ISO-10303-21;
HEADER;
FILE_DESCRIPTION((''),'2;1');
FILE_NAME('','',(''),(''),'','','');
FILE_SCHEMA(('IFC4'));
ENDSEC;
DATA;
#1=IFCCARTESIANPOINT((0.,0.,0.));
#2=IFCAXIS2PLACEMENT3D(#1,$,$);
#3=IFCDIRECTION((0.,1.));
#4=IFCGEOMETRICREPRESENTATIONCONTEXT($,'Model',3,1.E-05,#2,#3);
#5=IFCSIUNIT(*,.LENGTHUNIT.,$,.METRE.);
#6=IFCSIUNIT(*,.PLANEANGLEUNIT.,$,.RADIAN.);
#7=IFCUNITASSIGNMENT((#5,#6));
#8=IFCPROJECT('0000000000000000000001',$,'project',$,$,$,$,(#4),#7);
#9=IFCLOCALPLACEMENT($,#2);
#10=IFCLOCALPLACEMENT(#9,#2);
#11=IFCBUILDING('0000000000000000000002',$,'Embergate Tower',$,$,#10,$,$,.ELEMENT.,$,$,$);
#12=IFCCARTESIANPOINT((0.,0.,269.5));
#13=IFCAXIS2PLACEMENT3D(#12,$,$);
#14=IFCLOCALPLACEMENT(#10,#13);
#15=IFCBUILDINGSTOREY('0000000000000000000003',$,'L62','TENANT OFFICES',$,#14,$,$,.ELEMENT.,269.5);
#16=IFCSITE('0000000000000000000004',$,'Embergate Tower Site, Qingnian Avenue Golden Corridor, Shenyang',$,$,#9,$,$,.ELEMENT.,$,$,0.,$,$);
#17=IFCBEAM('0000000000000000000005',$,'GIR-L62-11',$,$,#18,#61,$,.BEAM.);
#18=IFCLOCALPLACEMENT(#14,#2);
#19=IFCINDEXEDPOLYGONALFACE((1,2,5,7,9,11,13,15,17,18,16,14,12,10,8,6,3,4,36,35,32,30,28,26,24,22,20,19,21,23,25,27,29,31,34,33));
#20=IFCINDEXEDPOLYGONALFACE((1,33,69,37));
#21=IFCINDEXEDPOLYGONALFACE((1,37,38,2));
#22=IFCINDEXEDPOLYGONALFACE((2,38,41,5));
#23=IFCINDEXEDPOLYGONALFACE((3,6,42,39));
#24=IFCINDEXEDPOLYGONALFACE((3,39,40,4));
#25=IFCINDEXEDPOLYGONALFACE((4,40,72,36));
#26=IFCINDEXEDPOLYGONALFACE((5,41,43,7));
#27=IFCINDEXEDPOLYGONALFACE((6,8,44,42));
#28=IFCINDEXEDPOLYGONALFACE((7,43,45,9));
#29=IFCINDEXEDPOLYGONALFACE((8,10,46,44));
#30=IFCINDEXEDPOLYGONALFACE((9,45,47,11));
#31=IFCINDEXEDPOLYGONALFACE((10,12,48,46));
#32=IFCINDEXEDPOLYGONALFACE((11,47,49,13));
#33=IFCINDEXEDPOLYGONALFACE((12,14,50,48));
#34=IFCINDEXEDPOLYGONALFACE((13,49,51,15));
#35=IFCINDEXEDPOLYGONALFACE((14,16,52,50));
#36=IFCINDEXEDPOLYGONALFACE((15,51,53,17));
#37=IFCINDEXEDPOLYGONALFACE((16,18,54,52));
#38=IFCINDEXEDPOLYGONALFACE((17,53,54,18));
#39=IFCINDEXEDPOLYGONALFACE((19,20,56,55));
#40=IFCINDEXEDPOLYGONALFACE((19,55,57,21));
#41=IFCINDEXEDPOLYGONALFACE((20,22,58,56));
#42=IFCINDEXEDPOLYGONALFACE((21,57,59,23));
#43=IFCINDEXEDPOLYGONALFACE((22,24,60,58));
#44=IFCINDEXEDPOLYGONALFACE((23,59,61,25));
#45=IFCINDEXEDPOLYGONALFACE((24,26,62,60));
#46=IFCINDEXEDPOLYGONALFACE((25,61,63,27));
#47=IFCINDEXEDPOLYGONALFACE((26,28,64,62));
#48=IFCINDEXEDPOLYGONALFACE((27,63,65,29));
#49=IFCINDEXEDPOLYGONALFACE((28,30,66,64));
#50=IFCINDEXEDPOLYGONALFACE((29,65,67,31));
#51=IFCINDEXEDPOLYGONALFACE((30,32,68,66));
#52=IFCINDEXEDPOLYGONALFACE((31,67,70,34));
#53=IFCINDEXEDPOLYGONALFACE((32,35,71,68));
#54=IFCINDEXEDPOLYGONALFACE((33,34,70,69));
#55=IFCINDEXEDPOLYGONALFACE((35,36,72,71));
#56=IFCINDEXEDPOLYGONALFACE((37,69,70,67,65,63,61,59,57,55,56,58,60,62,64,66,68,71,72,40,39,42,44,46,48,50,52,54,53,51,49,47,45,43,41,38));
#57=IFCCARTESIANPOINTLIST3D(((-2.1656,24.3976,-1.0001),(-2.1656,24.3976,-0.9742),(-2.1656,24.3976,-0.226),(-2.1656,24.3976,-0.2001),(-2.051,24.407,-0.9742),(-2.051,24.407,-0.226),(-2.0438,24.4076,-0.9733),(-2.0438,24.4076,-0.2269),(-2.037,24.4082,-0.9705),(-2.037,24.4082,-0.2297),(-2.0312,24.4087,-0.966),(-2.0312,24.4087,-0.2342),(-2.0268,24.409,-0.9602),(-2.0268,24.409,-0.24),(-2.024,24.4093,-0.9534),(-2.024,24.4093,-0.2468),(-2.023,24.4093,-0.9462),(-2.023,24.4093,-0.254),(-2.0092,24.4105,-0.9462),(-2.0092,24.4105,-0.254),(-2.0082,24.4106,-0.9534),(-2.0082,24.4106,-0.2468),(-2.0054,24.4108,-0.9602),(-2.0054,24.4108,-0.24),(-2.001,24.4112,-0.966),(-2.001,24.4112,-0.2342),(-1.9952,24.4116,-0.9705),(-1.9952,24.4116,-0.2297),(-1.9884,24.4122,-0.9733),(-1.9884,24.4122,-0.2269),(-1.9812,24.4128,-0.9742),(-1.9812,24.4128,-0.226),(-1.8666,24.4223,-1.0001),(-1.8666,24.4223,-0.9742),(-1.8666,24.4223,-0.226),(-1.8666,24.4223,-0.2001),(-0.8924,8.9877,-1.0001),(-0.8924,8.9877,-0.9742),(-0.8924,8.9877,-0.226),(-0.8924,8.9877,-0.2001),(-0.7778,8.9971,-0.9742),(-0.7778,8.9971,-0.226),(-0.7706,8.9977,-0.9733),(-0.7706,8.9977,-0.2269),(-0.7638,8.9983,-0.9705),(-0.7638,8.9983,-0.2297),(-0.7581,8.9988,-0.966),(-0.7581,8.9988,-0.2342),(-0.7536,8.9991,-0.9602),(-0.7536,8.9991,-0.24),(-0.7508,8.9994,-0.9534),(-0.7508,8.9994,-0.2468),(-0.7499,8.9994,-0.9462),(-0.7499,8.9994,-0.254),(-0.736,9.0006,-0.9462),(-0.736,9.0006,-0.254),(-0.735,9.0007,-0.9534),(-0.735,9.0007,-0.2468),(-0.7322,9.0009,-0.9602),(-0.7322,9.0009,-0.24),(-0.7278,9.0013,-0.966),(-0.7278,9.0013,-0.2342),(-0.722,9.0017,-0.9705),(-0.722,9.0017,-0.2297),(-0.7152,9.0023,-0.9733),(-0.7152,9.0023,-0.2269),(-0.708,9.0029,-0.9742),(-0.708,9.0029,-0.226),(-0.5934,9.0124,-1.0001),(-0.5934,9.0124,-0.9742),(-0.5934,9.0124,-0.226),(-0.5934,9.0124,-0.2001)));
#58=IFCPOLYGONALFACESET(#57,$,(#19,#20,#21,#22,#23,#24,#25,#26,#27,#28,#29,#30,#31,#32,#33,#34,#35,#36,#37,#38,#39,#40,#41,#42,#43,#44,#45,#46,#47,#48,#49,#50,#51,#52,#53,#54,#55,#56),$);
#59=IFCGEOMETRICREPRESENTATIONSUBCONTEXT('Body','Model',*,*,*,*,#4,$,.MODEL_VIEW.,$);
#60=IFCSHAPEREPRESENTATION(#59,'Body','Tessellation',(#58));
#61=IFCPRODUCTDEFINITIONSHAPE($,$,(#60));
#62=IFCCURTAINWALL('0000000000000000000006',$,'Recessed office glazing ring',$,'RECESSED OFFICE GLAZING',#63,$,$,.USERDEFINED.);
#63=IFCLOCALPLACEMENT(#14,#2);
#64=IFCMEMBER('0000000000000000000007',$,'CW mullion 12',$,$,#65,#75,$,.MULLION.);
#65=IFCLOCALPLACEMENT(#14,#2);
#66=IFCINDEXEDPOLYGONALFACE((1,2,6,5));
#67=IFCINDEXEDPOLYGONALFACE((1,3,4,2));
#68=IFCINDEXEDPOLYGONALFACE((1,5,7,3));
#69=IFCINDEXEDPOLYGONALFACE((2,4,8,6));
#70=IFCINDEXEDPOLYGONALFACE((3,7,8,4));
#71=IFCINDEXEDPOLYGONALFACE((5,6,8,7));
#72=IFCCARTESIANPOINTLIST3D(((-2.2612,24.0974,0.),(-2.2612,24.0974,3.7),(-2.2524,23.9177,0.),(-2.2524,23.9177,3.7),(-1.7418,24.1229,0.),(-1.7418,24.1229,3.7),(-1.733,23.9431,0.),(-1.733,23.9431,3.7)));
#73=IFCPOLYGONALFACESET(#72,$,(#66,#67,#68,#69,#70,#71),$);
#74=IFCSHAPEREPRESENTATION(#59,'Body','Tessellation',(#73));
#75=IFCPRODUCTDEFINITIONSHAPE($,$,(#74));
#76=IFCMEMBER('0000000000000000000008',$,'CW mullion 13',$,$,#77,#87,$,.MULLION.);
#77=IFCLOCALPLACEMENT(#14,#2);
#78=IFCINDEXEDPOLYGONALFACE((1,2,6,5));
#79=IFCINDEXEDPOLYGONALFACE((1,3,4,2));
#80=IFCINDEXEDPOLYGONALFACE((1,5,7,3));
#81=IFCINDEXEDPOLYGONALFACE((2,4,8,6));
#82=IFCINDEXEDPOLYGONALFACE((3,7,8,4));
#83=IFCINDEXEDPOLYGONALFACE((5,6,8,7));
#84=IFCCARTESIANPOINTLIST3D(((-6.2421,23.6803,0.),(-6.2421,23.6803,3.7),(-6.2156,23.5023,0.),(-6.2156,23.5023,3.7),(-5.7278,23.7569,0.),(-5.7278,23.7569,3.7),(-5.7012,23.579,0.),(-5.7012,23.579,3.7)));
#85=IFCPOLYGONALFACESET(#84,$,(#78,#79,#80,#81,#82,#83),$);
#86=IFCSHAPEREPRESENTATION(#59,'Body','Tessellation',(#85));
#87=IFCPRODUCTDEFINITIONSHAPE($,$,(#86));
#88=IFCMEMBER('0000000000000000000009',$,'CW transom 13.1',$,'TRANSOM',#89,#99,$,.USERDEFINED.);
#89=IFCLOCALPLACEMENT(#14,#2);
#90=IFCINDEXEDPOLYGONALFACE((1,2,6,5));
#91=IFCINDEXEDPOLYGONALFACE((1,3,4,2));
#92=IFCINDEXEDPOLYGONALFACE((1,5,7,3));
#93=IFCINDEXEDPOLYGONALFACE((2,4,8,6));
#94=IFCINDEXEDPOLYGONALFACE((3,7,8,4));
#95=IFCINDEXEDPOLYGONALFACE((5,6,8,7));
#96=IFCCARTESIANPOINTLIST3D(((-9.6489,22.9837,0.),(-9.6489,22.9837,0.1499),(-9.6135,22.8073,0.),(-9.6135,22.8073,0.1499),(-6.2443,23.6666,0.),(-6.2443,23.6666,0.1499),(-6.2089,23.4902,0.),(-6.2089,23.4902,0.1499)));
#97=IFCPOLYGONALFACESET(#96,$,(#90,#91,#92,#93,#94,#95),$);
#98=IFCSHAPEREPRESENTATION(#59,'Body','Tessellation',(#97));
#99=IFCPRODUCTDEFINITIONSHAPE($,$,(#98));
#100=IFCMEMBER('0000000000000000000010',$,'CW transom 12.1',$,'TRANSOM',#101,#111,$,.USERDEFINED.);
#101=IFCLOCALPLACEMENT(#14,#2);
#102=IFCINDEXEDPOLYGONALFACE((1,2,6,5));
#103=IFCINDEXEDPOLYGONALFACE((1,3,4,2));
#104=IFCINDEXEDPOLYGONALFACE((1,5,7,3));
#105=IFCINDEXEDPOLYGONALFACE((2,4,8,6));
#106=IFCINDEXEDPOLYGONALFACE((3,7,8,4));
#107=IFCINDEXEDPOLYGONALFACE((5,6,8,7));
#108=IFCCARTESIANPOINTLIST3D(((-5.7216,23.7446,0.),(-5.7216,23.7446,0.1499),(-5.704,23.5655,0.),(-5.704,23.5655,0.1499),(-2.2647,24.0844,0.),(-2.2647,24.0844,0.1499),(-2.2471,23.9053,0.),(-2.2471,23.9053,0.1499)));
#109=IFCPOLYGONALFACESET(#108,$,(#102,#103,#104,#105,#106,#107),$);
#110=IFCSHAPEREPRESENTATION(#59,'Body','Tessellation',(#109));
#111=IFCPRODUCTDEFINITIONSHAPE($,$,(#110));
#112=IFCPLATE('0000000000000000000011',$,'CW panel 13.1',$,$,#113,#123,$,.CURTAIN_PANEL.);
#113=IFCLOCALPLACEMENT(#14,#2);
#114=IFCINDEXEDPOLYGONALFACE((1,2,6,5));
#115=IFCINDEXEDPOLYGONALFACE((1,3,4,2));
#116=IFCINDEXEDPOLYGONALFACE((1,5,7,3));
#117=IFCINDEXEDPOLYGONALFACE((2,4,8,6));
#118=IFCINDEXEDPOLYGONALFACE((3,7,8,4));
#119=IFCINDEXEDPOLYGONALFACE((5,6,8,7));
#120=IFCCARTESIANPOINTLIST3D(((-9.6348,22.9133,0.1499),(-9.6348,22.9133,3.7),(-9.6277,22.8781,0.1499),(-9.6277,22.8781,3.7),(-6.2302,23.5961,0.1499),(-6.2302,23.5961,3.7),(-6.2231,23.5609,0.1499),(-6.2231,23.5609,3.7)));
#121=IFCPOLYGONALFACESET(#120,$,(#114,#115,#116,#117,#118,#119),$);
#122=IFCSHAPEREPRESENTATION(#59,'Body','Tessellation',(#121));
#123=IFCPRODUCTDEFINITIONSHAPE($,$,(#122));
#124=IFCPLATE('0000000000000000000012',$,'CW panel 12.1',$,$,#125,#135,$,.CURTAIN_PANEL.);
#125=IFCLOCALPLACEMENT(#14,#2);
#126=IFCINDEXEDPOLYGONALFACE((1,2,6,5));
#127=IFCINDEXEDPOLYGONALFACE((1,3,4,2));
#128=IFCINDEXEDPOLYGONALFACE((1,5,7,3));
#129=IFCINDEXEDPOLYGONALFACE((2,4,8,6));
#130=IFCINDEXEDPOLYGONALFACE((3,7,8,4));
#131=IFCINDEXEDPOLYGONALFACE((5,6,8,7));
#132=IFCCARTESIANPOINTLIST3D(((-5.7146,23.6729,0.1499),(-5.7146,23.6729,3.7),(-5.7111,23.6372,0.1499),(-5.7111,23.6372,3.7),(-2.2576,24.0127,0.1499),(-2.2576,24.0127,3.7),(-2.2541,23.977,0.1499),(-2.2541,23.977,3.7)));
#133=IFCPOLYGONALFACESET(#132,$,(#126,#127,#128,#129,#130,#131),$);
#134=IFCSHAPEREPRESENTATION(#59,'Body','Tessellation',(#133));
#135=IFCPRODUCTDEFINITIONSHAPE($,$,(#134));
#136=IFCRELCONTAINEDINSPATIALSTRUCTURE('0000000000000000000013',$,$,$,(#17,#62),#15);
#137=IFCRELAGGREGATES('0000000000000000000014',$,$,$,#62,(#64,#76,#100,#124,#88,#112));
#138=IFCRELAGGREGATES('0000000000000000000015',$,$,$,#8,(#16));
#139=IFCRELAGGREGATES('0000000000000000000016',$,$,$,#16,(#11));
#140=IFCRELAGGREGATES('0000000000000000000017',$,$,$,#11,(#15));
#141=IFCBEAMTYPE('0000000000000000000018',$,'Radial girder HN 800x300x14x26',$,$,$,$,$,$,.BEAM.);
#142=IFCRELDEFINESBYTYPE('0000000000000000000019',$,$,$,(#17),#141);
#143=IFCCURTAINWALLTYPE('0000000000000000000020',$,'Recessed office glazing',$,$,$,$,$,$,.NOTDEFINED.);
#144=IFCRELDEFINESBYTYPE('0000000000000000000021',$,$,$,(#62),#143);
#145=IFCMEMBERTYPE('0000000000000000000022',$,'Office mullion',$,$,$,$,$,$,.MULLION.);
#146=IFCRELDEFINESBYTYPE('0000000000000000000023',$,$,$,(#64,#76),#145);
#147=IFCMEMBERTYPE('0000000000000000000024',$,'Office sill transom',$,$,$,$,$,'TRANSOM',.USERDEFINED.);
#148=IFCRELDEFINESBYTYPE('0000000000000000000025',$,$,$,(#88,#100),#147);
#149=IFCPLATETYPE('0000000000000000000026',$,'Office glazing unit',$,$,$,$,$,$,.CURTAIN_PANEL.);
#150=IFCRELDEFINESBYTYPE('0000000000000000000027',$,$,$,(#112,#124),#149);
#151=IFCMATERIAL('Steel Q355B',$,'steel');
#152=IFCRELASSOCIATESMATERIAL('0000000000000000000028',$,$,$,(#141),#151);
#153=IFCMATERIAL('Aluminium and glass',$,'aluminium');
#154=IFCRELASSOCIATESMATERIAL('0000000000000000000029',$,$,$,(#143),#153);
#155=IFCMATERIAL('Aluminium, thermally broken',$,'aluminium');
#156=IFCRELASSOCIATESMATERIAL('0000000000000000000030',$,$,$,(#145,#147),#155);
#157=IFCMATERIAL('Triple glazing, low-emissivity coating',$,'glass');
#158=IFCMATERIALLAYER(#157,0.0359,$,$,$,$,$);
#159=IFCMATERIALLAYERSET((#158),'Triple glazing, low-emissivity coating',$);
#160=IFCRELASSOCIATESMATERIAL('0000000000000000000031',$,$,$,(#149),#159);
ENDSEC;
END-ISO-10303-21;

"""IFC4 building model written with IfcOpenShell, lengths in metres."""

from ifc_helpers import new_model, si_unit, direction, frame, origin, origin_2d, place, context, subcontext, project, spatial, rectangle, i_section, extrude, source, transform, mapped, material, layer, layer_set, material_profile, profile_set, type_object, element, aggregate, save


model = new_model("IFC4")

# Units and contexts
model_context = context("Model", 3, precision=1e-05, world=origin(), true_north=direction((0.0, 1.0)))
body_context = subcontext(model_context, "Body", "Model", "MODEL_VIEW")
ifc_project = project(units=[si_unit("LENGTHUNIT", "METRE"), si_unit("PLANEANGLEUNIT", "RADIAN")], contexts=[model_context])

# Site, building, storey
site_placement = place(None, origin())
site = spatial("IfcSite", under=ifc_project, at=site_placement, Name="Embergate Tower Site, Qingnian Avenue Golden Corridor, Shenyang", CompositionType="ELEMENT", RefElevation=0.0)
building_placement = place(site_placement, origin())
building = spatial("IfcBuilding", under=site, at=building_placement, Name="Embergate Tower", CompositionType="ELEMENT")
storey_placement = place(building_placement, frame((0.0, 0.0, 269.5)))
storey = spatial("IfcBuildingStorey", under=building, at=storey_placement, Name="L62", Description="TENANT OFFICES", CompositionType="ELEMENT", Elevation=269.5)

# Beam
ifc_material_1 = material(Name="Steel Q355B", Category="steel")
ifc_material_profile_1 = material_profile(ifc_material_1, i_section(OverallWidth=0.3, OverallDepth=0.8, WebThickness=0.0139, FlangeThickness=0.0259, FilletRadius=0.0281, at=origin_2d()), Name="HN 800x300x14x26")
ifc_profile_set_1 = profile_set([ifc_material_profile_1], Name="Steel Q355 grade B")
beam_type_1 = type_object("IfcBeamType", Name="Radial girder HN 800x300x14x26", PredefinedType="BEAM", material=ifc_profile_set_1)
shared_shape_1 = source(origin(), body_context, "Body", "SweptSolid", [
    extrude(i_section(OverallWidth=0.3, OverallDepth=0.8, WebThickness=0.0139, FlangeThickness=0.0259, FilletRadius=0.0281, at=origin_2d()), origin(), (0.0, 0.0, 1.0), 15.4624),
])
beam_1_placement = place(storey_placement, frame((-2.0161, 24.4099, -0.6001), z_axis=(0.082341, -0.996604, 0.0), x_axis=(0.996604, 0.082341, 0.0)))
element("IfcBeam", 1, at=beam_1_placement, inside=storey, type_object=beam_type_1, Name="GIR-L62-11", PredefinedType="BEAM", context=body_context, shape_type="MappedRepresentation", body=[
    mapped(shared_shape_1, transform((0.0, 0.0, 0.0))),
])

# Curtain wall, members, plates
ifc_material_2 = material(Name="Aluminium and glass", Category="aluminium")
curtain_wall_type = type_object("IfcCurtainWallType", Name="Recessed office glazing", PredefinedType="NOTDEFINED", material=ifc_material_2)
curtain_wall_placement = place(storey_placement, origin())
curtain_wall = element("IfcCurtainWall", 2, at=curtain_wall_placement, inside=storey, type_object=curtain_wall_type, Name="Recessed office glazing ring", ObjectType="RECESSED OFFICE GLAZING", PredefinedType="USERDEFINED")
ifc_material_3 = material(Name="Aluminium, thermally broken", Category="aluminium")
ifc_material_profile_2 = material_profile(ifc_material_3, rectangle(XDim=0.1799, YDim=0.52, at=origin_2d()), Name="AL 520x180")
ifc_profile_set_2 = profile_set([ifc_material_profile_2], Name="Aluminium, thermally broken")
member_type_1 = type_object("IfcMemberType", Name="Office mullion", PredefinedType="MULLION", material=ifc_profile_set_2)
shared_shape_2 = source(origin(), body_context, "Body", "SweptSolid", [
    extrude(rectangle(XDim=0.1799, YDim=0.52, at=origin_2d()), origin(), (0.0, 0.0, 1.0), 3.7),
])
member_1_placement = place(storey_placement, frame((-1.9971, 24.0203, 0.0), z_axis=(0.0, 0.0, 1.0), x_axis=(0.04897, -0.9988, 0.0)))
member_1 = element("IfcMember", 3, at=member_1_placement, type_object=member_type_1, Name="CW mullion 12", PredefinedType="MULLION", context=body_context, shape_type="MappedRepresentation", body=[
    mapped(shared_shape_2, transform((0.0, 0.0, 0.0))),
])
member_2_placement = place(storey_placement, frame((-5.9717, 23.6296, 0.0), z_axis=(0.0, 0.0, 1.0), x_axis=(0.147409, -0.989076, 0.0)))
member_2 = element("IfcMember", 4, at=member_2_placement, type_object=member_type_1, Name="CW mullion 13", PredefinedType="MULLION", context=body_context, shape_type="MappedRepresentation", body=[
    mapped(shared_shape_2, transform((0.0, 0.0, 0.0))),
])
ifc_material_profile_3 = material_profile(ifc_material_3, rectangle(XDim=0.1799, YDim=0.1499, at=origin_2d()), Name="AL 150x180")
ifc_profile_set_3 = profile_set([ifc_material_profile_3], Name="Aluminium, thermally broken")
member_type_2 = type_object("IfcMemberType", Name="Office sill transom", ElementType="TRANSOM", PredefinedType="USERDEFINED", material=ifc_profile_set_3)
shared_shape_3 = source(origin(), body_context, "Body", "SweptSolid", [
    extrude(rectangle(XDim=0.1799, YDim=0.1499, at=origin_2d()), origin(), (0.0, 0.0, 1.0), 3.4724),
])
member_3_placement = place(storey_placement, frame((-6.2266, 23.5784, 0.075), z_axis=(-0.980472, -0.196657, 0.0), x_axis=(0.196657, -0.980472, 0.0)))
member_3 = element("IfcMember", 5, at=member_3_placement, type_object=member_type_2, Name="CW transom 13.1", ObjectType="TRANSOM", PredefinedType="USERDEFINED", context=body_context, shape_type="MappedRepresentation", body=[
    mapped(shared_shape_3, transform((0.0, 0.0, 0.0))),
])
shared_shape_4 = source(origin(), body_context, "Body", "SweptSolid", [
    extrude(rectangle(XDim=0.1799, YDim=0.1499, at=origin_2d()), origin(), (0.0, 0.0, 1.0), 3.4736),
])
member_4_placement = place(storey_placement, frame((-2.2559, 23.9949, 0.075), z_axis=(-0.995203, -0.097833, 0.0), x_axis=(0.097833, -0.995203, 0.0)))
member_4 = element("IfcMember", 6, at=member_4_placement, type_object=member_type_2, Name="CW transom 12.1", ObjectType="TRANSOM", PredefinedType="USERDEFINED", context=body_context, shape_type="MappedRepresentation", body=[
    mapped(shared_shape_4, transform((0.0, 0.0, 0.0))),
])
ifc_material_4 = material(Name="Triple glazing, low-emissivity coating", Category="glass")
ifc_layer = layer(ifc_material_4, 0.0359)
ifc_layer_set = layer_set([ifc_layer], Name="Triple glazing, low-emissivity coating")
plate_type = type_object("IfcPlateType", Name="Office glazing unit", PredefinedType="CURTAIN_PANEL", material=ifc_layer_set)
shared_shape_5 = source(origin(), body_context, "Body", "SweptSolid", [
    extrude(rectangle(XDim=3.4724, YDim=0.0359, at=origin_2d()), origin(), (0.0, 0.0, 1.0), 3.55),
])
plate_1_placement = place(storey_placement, frame((-7.929, 23.2371, 0.1499), z_axis=(0.0, 0.0, 1.0), x_axis=(-0.980476, -0.196638, 0.0)))
plate_1 = element("IfcPlate", 7, at=plate_1_placement, type_object=plate_type, Name="CW panel 13.1", PredefinedType="CURTAIN_PANEL", context=body_context, shape_type="MappedRepresentation", body=[
    mapped(shared_shape_5, transform((0.0, 0.0, 0.0))),
])
shared_shape_6 = source(origin(), body_context, "Body", "SweptSolid", [
    extrude(rectangle(XDim=3.4736, YDim=0.0359, at=origin_2d()), origin(), (0.0, 0.0, 1.0), 3.55),
])
plate_2_placement = place(storey_placement, frame((-3.9844, 23.825, 0.1499), z_axis=(0.0, 0.0, 1.0), x_axis=(-0.995203, -0.097828, 0.0)))
plate_2 = element("IfcPlate", 8, at=plate_2_placement, type_object=plate_type, Name="CW panel 12.1", PredefinedType="CURTAIN_PANEL", context=body_context, shape_type="MappedRepresentation", body=[
    mapped(shared_shape_6, transform((0.0, 0.0, 0.0))),
])
aggregate(curtain_wall, [member_1, member_2, member_4, plate_2, member_3, plate_1])

save(model, "model.ifc")
